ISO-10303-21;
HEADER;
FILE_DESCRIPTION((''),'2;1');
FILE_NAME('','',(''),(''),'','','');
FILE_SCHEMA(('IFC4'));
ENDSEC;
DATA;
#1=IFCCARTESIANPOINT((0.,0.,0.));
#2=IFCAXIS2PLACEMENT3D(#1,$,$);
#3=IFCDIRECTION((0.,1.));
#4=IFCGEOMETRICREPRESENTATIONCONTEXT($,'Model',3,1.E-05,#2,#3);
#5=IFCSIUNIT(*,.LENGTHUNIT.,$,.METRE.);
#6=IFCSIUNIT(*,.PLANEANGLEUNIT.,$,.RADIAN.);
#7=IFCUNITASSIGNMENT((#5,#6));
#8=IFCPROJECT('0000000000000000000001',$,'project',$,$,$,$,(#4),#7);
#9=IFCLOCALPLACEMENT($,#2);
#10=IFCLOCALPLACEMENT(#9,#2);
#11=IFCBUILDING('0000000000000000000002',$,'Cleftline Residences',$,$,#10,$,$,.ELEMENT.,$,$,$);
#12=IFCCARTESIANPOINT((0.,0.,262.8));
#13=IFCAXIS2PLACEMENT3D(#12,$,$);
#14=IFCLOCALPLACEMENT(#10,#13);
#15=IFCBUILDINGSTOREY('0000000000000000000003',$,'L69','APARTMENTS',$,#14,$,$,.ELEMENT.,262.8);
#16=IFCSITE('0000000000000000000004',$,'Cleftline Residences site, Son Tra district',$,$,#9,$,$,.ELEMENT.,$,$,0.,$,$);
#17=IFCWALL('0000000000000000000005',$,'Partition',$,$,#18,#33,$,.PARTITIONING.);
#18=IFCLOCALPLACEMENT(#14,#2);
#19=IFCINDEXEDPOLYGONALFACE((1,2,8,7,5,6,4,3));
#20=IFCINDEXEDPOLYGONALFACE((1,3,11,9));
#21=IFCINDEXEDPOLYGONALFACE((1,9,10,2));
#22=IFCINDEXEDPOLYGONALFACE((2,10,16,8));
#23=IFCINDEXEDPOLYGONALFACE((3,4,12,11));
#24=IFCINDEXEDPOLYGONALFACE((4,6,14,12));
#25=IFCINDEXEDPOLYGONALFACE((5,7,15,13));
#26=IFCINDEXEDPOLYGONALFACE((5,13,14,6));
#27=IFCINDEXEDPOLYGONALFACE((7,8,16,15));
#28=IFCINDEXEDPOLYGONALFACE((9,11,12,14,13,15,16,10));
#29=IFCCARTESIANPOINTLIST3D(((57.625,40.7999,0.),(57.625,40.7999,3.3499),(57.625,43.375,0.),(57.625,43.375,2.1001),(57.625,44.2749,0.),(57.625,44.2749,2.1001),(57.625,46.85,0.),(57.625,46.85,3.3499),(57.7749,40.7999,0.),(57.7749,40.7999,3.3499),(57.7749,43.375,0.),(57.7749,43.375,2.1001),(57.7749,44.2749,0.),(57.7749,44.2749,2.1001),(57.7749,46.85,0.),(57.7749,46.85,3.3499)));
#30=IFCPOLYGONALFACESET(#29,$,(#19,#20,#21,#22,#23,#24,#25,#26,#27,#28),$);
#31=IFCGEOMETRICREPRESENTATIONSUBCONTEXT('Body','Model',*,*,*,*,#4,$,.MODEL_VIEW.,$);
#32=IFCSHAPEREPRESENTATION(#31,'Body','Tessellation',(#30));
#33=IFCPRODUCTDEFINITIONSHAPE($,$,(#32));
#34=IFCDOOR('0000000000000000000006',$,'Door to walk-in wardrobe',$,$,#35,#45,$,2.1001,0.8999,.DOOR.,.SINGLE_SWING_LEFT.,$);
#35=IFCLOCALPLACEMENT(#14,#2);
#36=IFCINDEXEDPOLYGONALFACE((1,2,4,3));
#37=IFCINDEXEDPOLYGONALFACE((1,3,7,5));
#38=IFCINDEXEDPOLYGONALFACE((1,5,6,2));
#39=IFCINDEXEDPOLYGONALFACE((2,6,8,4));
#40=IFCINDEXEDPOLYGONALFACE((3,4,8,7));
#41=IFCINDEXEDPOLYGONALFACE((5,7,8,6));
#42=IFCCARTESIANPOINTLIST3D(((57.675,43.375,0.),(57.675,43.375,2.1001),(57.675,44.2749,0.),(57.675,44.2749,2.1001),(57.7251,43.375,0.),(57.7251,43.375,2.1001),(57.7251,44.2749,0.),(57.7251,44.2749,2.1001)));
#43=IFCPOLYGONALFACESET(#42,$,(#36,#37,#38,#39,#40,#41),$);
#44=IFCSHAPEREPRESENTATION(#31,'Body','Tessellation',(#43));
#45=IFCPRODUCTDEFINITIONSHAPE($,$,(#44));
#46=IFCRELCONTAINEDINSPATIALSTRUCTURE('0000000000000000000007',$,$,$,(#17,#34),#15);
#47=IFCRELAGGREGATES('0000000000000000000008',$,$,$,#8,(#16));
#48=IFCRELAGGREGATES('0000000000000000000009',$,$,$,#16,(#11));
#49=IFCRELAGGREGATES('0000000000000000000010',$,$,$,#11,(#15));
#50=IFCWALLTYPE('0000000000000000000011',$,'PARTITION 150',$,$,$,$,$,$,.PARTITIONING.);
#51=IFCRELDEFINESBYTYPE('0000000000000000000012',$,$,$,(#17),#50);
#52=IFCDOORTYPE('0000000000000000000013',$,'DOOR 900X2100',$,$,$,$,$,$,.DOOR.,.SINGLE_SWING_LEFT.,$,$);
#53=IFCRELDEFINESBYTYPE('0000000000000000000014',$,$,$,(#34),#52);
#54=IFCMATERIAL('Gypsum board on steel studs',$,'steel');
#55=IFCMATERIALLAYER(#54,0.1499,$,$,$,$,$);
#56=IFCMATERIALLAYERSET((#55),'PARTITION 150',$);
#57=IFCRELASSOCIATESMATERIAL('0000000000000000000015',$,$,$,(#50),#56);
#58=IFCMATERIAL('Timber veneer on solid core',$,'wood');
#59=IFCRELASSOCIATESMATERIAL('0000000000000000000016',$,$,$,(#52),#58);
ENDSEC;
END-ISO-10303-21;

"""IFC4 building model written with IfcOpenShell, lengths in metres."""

from ifc_helpers import new_model, si_unit, direction, frame, frame_2d, origin, place, context, subcontext, project, spatial, rectangle, extrude, material, layer, layer_set, type_object, element, fill, save


model = new_model("IFC4")

# Units and contexts
model_context = context("Model", 3, precision=1e-05, world=origin(), true_north=direction((0.0, 1.0)))
body_context = subcontext(model_context, "Body", "Model", "MODEL_VIEW")
ifc_project = project(units=[si_unit("LENGTHUNIT", "METRE"), si_unit("PLANEANGLEUNIT", "RADIAN")], contexts=[model_context])

# Site, building, storey
site_placement = place(None, origin())
site = spatial("IfcSite", under=ifc_project, at=site_placement, Name="Cleftline Residences site, Son Tra district", CompositionType="ELEMENT", RefElevation=0.0)
building_placement = place(site_placement, origin())
building = spatial("IfcBuilding", under=site, at=building_placement, Name="Cleftline Residences", CompositionType="ELEMENT")
storey_placement = place(building_placement, frame((0.0, 0.0, 262.8)))
storey = spatial("IfcBuildingStorey", under=building, at=storey_placement, Name="L69", Description="APARTMENTS", CompositionType="ELEMENT", Elevation=262.8)

# Shared definitions
ifc_material_1 = material(Name="Gypsum board on steel studs", Category="steel")
ifc_layer_1 = layer(ifc_material_1, 0.1499)
ifc_layer_set_1 = layer_set([ifc_layer_1], Name="PARTITION 150")
wall_type_1 = type_object("IfcWallType", Name="PARTITION 150", PredefinedType="PARTITIONING", material=ifc_layer_set_1)

# Wall, opening, door
wall_1_placement = place(storey_placement, frame((57.7, 40.8, 0.0), z_axis=(0.0, 0.0, 1.0), x_axis=(0.0, 1.0, 0.0)))
wall_1 = element("IfcWall", 1, at=wall_1_placement, inside=storey, type_object=wall_type_1, Name="Partition", PredefinedType="PARTITIONING", context=body_context, shape_type="SweptSolid", body=[
    extrude(rectangle(XDim=6.05, YDim=0.1499, at=frame_2d((3.0249, 0.0))), origin(), (0.0, 0.0, 1.0), 3.3499),
])
opening_1_placement = place(wall_1_placement, frame((2.575, 0.0, 0.0)))
opening_1 = element("IfcOpeningElement", 2, at=opening_1_placement, cuts=wall_1, PredefinedType="OPENING", context=body_context, shape_type="SweptSolid", body=[
    extrude(rectangle(XDim=0.8999, YDim=2.1001, at=frame_2d((0.45, 1.05))), frame((0.0, 0.085, 0.0), z_axis=(0.0, -1.0, 0.0), x_axis=(1.0, 0.0, 0.0)), (0.0, 0.0, 1.0), 0.1699),
])
ifc_material_2 = material(Name="Timber veneer on solid core", Category="wood")
door_type = type_object("IfcDoorType", Name="DOOR 900X2100", OperationType="SINGLE_SWING_LEFT", PredefinedType="DOOR", material=ifc_material_2)
door_placement = place(opening_1_placement, origin())
door = element("IfcDoor", 3, at=door_placement, inside=storey, type_object=door_type, Name="Door to walk-in wardrobe", OperationType="SINGLE_SWING_LEFT", OverallHeight=2.1001, OverallWidth=0.8999, PredefinedType="DOOR", context=body_context, shape_type="SweptSolid", body=[
    extrude(rectangle(XDim=0.8999, YDim=2.1001, at=frame_2d((0.45, 1.05))), frame((0.0, 0.0249, 0.0), z_axis=(0.0, -1.0, 0.0), x_axis=(1.0, 0.0, 0.0)), (0.0, 0.0, 1.0), 0.05),
])
fill(opening_1, door)

save(model, "model.ifc")
